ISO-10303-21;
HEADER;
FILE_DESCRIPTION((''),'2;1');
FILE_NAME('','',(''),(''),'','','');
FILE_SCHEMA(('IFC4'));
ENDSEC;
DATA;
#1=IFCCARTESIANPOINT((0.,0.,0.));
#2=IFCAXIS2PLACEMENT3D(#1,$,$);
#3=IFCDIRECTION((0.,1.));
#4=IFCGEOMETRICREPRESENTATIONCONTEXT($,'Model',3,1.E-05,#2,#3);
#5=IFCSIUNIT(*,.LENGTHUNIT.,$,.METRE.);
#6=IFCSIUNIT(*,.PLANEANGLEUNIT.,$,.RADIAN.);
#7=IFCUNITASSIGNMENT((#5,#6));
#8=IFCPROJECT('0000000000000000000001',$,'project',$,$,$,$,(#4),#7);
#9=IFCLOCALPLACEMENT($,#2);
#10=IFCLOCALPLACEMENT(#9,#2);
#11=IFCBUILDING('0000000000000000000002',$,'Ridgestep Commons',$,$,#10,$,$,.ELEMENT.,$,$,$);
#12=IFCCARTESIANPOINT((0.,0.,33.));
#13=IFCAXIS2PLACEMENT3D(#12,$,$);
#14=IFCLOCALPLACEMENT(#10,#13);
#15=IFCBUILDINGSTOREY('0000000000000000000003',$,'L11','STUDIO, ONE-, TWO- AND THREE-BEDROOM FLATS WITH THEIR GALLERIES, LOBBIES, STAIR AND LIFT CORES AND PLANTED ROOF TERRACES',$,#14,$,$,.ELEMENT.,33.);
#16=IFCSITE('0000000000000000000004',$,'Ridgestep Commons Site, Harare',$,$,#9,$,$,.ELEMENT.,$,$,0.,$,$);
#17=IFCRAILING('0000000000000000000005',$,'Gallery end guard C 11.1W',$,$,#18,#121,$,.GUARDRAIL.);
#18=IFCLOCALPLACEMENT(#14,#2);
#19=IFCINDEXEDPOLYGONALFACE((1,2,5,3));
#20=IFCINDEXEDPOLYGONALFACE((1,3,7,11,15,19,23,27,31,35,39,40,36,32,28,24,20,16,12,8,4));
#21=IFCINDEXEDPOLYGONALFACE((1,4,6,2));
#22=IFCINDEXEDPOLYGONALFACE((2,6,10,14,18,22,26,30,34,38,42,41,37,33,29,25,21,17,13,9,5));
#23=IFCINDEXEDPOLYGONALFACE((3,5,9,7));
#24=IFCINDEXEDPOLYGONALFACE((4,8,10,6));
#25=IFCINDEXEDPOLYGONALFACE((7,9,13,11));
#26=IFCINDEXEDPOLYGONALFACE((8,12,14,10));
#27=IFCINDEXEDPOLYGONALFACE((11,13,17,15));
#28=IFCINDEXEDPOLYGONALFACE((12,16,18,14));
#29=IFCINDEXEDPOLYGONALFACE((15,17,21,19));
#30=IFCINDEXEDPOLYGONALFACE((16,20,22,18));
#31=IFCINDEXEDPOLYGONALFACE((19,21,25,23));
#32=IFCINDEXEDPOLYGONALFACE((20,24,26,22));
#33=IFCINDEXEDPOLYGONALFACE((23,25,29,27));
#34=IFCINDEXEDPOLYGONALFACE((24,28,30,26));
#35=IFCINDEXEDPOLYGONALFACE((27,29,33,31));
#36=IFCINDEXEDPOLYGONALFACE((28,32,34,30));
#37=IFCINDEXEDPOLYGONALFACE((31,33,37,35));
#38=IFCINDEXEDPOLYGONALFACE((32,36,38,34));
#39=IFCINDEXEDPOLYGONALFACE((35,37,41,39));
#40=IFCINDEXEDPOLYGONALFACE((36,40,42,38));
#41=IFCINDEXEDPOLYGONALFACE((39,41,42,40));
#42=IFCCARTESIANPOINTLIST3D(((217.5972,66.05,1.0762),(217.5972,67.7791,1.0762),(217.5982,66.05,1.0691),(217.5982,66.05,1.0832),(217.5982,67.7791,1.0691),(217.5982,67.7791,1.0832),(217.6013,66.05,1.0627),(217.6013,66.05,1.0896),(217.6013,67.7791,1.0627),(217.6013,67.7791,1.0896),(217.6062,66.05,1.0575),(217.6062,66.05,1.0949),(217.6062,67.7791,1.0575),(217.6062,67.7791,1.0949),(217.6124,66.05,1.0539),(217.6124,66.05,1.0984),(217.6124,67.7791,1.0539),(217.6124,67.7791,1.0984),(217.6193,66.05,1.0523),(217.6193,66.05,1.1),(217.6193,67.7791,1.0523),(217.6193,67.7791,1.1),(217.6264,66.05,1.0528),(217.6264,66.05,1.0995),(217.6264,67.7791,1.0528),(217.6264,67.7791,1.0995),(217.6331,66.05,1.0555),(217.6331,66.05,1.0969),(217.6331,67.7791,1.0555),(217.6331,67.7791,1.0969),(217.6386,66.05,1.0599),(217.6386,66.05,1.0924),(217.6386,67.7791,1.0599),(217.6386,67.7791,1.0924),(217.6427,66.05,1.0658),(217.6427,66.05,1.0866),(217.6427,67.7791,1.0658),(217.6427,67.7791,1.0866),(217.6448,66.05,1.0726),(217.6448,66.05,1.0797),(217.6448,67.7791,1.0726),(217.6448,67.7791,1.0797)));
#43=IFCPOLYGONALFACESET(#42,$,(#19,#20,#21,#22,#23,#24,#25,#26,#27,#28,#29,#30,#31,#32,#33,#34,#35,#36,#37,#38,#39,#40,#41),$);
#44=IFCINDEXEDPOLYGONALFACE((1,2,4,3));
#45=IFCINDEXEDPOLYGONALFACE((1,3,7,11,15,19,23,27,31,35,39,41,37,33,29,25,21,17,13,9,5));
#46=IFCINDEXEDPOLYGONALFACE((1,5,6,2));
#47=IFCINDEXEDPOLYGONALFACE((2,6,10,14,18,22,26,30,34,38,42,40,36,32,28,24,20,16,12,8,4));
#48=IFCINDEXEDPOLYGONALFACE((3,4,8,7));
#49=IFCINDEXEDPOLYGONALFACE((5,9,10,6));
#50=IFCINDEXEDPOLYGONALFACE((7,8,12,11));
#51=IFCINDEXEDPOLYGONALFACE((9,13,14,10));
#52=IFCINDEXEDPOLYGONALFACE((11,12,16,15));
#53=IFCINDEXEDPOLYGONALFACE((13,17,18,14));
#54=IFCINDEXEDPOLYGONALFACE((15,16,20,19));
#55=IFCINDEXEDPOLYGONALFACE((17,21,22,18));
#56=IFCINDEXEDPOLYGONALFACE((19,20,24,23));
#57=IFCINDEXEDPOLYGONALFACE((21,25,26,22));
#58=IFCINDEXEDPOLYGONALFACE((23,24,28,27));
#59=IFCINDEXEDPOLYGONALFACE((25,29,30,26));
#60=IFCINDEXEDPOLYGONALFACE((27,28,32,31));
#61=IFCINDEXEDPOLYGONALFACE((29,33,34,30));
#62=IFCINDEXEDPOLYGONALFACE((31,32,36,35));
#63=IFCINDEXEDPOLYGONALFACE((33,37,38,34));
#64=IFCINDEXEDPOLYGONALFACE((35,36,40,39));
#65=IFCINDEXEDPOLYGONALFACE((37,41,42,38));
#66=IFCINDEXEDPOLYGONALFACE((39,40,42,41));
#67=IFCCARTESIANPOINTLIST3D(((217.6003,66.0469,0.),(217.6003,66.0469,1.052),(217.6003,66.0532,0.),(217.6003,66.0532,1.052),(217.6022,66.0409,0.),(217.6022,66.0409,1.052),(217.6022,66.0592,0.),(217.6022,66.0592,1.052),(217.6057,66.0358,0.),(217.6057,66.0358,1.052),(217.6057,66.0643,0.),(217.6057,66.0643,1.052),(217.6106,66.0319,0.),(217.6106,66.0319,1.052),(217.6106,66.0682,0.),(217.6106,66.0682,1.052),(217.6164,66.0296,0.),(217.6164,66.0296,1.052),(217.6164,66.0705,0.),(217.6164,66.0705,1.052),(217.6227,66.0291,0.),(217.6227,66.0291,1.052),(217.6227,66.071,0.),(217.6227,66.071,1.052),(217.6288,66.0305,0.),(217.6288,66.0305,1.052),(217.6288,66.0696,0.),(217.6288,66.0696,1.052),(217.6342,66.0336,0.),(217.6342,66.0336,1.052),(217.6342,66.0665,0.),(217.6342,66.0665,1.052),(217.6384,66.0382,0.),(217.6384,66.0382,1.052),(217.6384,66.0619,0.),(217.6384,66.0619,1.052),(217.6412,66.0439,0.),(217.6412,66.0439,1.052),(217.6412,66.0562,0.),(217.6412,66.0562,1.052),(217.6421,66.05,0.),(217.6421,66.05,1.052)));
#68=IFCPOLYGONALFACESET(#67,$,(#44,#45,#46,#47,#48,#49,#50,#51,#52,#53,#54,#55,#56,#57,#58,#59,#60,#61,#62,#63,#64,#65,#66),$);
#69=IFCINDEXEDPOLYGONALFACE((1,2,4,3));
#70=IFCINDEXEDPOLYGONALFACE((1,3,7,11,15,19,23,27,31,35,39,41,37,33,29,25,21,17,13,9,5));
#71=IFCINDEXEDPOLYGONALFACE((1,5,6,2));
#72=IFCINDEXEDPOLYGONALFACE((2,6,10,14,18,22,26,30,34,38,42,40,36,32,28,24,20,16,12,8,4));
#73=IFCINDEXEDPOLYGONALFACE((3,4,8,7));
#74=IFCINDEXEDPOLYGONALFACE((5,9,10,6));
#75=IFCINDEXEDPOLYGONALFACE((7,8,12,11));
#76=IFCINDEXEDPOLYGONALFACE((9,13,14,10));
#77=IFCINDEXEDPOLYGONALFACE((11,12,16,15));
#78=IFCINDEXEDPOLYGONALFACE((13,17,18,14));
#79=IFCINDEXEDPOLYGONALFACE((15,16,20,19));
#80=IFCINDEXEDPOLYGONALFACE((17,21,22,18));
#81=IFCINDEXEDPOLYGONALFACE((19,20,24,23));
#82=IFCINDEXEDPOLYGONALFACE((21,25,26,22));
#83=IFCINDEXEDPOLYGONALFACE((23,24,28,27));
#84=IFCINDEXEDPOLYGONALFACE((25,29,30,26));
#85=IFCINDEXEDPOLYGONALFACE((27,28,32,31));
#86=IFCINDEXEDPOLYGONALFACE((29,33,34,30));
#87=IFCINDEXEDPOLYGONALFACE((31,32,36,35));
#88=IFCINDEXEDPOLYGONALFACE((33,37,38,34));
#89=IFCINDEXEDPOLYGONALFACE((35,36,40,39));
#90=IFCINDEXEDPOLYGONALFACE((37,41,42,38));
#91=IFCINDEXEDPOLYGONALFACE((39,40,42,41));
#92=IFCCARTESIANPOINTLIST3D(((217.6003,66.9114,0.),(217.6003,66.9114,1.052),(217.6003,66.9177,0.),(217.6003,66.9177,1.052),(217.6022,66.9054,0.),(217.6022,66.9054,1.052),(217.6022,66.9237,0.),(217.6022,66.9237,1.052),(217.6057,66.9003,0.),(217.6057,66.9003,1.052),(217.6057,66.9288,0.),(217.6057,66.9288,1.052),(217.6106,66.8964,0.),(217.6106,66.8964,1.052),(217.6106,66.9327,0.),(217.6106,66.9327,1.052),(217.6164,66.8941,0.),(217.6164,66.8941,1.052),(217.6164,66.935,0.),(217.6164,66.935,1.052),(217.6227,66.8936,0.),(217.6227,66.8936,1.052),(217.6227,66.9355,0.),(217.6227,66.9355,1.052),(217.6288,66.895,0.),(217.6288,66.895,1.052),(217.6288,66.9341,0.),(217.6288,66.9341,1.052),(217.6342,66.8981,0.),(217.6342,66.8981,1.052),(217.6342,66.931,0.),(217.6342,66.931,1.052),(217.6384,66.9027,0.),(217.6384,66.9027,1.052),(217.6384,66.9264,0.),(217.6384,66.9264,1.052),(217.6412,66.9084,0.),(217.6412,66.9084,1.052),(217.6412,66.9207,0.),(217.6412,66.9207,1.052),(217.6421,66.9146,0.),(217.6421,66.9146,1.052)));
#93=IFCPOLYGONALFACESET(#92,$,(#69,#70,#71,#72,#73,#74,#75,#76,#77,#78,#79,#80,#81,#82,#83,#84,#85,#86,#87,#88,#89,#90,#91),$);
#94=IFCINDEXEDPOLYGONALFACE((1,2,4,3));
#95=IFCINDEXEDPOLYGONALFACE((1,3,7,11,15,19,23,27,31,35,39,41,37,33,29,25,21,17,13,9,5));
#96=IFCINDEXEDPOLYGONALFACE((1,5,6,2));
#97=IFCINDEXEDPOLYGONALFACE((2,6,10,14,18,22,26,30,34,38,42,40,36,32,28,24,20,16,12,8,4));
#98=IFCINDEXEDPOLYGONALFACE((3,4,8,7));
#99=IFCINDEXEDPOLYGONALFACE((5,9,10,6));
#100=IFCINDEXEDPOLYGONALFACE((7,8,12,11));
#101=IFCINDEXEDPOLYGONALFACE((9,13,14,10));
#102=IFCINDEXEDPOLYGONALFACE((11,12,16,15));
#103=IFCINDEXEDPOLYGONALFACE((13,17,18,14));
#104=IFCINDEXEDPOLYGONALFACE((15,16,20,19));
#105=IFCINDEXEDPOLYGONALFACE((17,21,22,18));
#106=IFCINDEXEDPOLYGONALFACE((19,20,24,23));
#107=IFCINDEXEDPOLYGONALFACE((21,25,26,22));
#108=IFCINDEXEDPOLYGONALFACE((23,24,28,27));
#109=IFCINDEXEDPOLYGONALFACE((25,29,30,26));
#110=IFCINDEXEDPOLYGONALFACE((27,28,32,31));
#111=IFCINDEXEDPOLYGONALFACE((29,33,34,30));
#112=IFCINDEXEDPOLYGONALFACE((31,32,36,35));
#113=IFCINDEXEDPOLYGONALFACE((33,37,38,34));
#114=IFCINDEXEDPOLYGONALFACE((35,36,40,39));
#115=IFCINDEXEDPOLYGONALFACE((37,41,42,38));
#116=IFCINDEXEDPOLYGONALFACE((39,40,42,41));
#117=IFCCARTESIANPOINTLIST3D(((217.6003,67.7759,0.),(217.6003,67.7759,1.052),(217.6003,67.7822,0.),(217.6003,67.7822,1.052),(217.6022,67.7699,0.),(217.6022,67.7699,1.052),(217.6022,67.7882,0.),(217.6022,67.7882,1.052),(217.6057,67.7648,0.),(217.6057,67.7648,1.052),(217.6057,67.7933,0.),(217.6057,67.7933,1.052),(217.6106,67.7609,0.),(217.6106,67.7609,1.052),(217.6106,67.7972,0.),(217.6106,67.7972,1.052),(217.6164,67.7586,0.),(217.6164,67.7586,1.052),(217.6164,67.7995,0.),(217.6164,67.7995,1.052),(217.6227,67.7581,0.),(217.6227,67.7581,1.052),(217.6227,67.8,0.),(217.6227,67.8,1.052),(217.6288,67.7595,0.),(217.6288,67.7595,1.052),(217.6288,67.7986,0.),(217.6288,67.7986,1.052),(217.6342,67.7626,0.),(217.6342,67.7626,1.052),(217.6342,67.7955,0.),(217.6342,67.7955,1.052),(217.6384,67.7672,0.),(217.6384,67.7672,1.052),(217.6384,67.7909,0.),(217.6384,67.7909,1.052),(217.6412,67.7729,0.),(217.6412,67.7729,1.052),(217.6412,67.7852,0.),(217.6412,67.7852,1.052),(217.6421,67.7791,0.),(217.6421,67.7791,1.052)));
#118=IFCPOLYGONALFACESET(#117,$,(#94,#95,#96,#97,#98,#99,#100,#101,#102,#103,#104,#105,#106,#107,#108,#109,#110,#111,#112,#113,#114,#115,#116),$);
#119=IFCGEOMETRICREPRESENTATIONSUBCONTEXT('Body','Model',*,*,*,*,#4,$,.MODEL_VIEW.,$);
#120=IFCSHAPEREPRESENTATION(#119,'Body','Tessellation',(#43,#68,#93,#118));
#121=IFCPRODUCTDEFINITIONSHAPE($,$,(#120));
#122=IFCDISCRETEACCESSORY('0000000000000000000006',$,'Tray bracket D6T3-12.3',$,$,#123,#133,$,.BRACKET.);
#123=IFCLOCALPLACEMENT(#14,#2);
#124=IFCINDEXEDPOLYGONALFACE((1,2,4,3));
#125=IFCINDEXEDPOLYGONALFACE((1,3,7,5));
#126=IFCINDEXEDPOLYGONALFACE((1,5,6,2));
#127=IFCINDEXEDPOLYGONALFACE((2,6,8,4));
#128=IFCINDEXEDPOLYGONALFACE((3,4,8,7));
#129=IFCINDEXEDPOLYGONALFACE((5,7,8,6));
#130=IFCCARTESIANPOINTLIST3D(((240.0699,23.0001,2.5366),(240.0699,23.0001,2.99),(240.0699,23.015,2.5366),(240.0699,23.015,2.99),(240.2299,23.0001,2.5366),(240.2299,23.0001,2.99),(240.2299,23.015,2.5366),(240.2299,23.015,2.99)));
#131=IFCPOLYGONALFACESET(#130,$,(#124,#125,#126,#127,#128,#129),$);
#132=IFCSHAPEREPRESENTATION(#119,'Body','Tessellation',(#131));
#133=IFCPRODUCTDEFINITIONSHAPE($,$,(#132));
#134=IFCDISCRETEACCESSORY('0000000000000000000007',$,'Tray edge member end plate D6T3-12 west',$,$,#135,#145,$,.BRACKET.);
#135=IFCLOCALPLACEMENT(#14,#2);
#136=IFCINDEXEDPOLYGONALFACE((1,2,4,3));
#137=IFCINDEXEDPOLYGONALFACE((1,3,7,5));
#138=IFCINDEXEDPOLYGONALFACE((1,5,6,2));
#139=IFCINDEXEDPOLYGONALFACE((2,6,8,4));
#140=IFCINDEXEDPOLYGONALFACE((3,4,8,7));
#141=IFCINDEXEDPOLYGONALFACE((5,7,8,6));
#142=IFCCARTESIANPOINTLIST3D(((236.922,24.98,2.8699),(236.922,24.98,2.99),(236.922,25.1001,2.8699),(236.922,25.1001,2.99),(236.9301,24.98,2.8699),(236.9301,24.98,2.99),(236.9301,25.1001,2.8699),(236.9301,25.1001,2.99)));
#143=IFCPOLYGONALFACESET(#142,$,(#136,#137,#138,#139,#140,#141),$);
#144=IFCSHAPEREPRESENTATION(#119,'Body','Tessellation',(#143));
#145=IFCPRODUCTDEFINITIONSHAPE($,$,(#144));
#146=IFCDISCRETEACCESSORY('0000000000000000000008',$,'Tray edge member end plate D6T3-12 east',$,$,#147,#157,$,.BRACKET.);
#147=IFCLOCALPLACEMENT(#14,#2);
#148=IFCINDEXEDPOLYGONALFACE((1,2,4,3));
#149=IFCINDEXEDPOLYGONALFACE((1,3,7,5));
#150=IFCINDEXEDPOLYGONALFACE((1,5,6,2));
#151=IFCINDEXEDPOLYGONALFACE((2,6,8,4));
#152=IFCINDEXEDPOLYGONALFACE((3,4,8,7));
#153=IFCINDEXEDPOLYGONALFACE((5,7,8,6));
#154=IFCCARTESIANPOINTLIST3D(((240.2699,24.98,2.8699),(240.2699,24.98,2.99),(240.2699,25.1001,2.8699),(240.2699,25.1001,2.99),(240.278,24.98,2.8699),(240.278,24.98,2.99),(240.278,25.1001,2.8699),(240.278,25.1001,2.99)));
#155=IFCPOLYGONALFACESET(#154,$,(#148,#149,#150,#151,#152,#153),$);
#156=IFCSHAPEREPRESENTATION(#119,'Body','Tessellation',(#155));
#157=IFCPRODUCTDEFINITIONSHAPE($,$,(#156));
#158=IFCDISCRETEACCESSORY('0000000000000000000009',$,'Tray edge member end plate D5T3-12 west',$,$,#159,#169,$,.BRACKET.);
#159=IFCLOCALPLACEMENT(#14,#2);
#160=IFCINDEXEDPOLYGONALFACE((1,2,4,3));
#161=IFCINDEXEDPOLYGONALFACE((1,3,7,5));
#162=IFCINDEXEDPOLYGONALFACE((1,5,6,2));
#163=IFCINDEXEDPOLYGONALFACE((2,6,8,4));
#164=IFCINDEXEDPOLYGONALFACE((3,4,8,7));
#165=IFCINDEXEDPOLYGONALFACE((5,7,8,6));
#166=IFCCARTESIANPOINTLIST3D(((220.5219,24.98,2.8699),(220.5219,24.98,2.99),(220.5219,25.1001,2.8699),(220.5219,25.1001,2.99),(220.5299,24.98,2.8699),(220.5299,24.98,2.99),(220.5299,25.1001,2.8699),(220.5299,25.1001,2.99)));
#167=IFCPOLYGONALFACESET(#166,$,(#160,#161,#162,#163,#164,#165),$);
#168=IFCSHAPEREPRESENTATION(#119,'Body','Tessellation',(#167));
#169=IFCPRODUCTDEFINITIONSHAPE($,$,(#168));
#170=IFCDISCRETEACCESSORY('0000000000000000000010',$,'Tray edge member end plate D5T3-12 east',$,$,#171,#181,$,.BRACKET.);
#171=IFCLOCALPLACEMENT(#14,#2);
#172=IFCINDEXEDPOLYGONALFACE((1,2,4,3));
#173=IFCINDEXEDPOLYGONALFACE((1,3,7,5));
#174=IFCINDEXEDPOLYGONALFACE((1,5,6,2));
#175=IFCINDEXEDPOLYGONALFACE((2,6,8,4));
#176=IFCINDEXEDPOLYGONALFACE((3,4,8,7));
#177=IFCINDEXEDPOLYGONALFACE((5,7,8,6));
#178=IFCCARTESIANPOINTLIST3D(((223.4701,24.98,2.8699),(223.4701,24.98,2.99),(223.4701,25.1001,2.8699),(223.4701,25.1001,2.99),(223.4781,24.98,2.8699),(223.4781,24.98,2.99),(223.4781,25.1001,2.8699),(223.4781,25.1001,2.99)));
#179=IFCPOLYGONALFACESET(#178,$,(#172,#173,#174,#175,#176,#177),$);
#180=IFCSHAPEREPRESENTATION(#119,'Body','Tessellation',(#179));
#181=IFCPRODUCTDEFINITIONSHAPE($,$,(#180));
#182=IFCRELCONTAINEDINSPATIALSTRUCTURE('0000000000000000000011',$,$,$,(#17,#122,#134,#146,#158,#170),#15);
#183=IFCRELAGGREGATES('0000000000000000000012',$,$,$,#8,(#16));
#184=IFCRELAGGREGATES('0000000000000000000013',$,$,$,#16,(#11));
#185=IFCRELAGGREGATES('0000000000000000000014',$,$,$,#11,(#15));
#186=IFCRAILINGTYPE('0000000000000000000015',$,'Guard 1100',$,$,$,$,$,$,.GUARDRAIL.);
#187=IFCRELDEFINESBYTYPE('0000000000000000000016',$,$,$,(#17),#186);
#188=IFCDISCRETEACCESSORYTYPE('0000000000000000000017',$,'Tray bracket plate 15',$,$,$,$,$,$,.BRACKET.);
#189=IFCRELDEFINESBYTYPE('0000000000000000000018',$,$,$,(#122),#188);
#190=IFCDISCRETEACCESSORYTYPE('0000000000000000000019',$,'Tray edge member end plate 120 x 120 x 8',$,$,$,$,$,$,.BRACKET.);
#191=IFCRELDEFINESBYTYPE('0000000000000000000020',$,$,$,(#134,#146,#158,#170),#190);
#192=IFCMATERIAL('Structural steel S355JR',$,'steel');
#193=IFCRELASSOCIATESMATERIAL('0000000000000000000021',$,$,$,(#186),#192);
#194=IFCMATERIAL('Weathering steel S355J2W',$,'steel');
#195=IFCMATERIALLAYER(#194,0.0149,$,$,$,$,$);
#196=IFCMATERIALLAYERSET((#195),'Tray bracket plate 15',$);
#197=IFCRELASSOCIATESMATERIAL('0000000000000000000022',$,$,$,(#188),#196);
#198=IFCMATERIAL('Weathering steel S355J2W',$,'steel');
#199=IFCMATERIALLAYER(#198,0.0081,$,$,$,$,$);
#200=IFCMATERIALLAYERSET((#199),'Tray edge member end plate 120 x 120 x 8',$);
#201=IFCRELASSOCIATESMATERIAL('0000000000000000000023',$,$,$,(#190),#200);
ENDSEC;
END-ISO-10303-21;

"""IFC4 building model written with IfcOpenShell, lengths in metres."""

from ifc_helpers import new_model, si_unit, direction, frame, origin, origin_2d, place, context, subcontext, project, spatial, rectangle, circle, extrude, material, layer, layer_set, type_object, element, save


model = new_model("IFC4")

# Units and contexts
model_context = context("Model", 3, precision=1e-05, world=origin(), true_north=direction((0.0, 1.0)))
body_context = subcontext(model_context, "Body", "Model", "MODEL_VIEW")
ifc_project = project(units=[si_unit("LENGTHUNIT", "METRE"), si_unit("PLANEANGLEUNIT", "RADIAN")], contexts=[model_context])

# Site, building, storey
site_placement = place(None, origin())
site = spatial("IfcSite", under=ifc_project, at=site_placement, Name="Ridgestep Commons Site, Harare", CompositionType="ELEMENT", RefElevation=0.0)
building_placement = place(site_placement, origin())
building = spatial("IfcBuilding", under=site, at=building_placement, Name="Ridgestep Commons", CompositionType="ELEMENT")
storey_placement = place(building_placement, frame((0.0, 0.0, 33.0)))
storey = spatial("IfcBuildingStorey", under=building, at=storey_placement, Name="L11", Description="STUDIO, ONE-, TWO- AND THREE-BEDROOM FLATS WITH THEIR GALLERIES, LOBBIES, STAIR AND LIFT CORES AND PLANTED ROOF TERRACES", CompositionType="ELEMENT", Elevation=33.0)

# Railing
ifc_material_1 = material(Name="Structural steel S355JR", Category="steel")
railing_type_1 = type_object("IfcRailingType", Name="Guard 1100", PredefinedType="GUARDRAIL", material=ifc_material_1)
railing_1_placement = place(storey_placement, frame((217.6211, 66.05, 0.0)))
element("IfcRailing", 1, at=railing_1_placement, inside=storey, type_object=railing_type_1, Name="Gallery end guard C 11.1W", PredefinedType="GUARDRAIL", context=body_context, shape_type="SweptSolid", body=[
    extrude(circle(Radius=0.0239, at=origin_2d()), frame((0.0, 0.0, 1.0762), z_axis=(0.0, 1.0, 0.0), x_axis=(-1.0, 0.0, 0.0)), (0.0, 0.0, 1.0), 1.729),
    extrude(circle(Radius=0.021, at=origin_2d()), origin(), (0.0, 0.0, 1.0), 1.052),
    extrude(circle(Radius=0.021, at=origin_2d()), frame((0.0, 0.8645, 0.0)), (0.0, 0.0, 1.0), 1.052),
    extrude(circle(Radius=0.021, at=origin_2d()), frame((0.0, 1.729, 0.0)), (0.0, 0.0, 1.0), 1.052),
])

# Discrete accessories
ifc_material_2 = material(Name="Weathering steel S355J2W", Category="steel")
ifc_layer_1 = layer(ifc_material_2, 0.0149)
ifc_layer_set_1 = layer_set([ifc_layer_1], Name="Tray bracket plate 15")
discrete_accessory_type_1 = type_object("IfcDiscreteAccessoryType", Name="Tray bracket plate 15", PredefinedType="BRACKET", material=ifc_layer_set_1)
discrete_accessory_placement = place(storey_placement, frame((240.1499, 23.0076, 2.5366), z_axis=(0.0, 0.0, 1.0), x_axis=(1.0, 0.0, 0.0)))
element("IfcDiscreteAccessory", 2, at=discrete_accessory_placement, inside=storey, type_object=discrete_accessory_type_1, Name="Tray bracket D6T3-12.3", PredefinedType="BRACKET", context=body_context, shape_type="SweptSolid", body=[
    extrude(rectangle(XDim=0.1599, YDim=0.0149, at=origin_2d()), origin(), (0.0, 0.0, 1.0), 0.4534),
])
ifc_material_3 = material(Name="Weathering steel S355J2W", Category="steel")
ifc_layer_2 = layer(ifc_material_3, 0.0081)
ifc_layer_set_2 = layer_set([ifc_layer_2], Name="Tray edge member end plate 120 x 120 x 8")
discrete_accessory_type_2 = type_object("IfcDiscreteAccessoryType", Name="Tray edge member end plate 120 x 120 x 8", PredefinedType="BRACKET", material=ifc_layer_set_2)
for number, where, z_axis, x_axis, name in (
    (3, (236.926, 25.04, 2.8699), (0.0, 0.0, 1.0), (1.0, 0.0, 0.0), "Tray edge member end plate D6T3-12 west"),
    (4, (240.2739, 25.04, 2.8699), (0.0, 0.0, 1.0), (1.0, 0.0, 0.0), "Tray edge member end plate D6T3-12 east"),
    (5, (220.5259, 25.04, 2.8699), (0.0, 0.0, 1.0), (1.0, 0.0, 0.0), "Tray edge member end plate D5T3-12 west"),
    (6, (223.4741, 25.04, 2.8699), (0.0, 0.0, 1.0), (1.0, 0.0, 0.0), "Tray edge member end plate D5T3-12 east"),
):
    element("IfcDiscreteAccessory", number, at=place(storey_placement, frame(where, z_axis=z_axis, x_axis=x_axis)), inside=storey, type_object=discrete_accessory_type_2, Name=name, PredefinedType="BRACKET", context=body_context, shape_type="SweptSolid", body=[
        extrude(rectangle(XDim=0.0081, YDim=0.1201, at=origin_2d()), origin(), (0.0, 0.0, 1.0), 0.1201),
    ])

save(model, "model.ifc")
